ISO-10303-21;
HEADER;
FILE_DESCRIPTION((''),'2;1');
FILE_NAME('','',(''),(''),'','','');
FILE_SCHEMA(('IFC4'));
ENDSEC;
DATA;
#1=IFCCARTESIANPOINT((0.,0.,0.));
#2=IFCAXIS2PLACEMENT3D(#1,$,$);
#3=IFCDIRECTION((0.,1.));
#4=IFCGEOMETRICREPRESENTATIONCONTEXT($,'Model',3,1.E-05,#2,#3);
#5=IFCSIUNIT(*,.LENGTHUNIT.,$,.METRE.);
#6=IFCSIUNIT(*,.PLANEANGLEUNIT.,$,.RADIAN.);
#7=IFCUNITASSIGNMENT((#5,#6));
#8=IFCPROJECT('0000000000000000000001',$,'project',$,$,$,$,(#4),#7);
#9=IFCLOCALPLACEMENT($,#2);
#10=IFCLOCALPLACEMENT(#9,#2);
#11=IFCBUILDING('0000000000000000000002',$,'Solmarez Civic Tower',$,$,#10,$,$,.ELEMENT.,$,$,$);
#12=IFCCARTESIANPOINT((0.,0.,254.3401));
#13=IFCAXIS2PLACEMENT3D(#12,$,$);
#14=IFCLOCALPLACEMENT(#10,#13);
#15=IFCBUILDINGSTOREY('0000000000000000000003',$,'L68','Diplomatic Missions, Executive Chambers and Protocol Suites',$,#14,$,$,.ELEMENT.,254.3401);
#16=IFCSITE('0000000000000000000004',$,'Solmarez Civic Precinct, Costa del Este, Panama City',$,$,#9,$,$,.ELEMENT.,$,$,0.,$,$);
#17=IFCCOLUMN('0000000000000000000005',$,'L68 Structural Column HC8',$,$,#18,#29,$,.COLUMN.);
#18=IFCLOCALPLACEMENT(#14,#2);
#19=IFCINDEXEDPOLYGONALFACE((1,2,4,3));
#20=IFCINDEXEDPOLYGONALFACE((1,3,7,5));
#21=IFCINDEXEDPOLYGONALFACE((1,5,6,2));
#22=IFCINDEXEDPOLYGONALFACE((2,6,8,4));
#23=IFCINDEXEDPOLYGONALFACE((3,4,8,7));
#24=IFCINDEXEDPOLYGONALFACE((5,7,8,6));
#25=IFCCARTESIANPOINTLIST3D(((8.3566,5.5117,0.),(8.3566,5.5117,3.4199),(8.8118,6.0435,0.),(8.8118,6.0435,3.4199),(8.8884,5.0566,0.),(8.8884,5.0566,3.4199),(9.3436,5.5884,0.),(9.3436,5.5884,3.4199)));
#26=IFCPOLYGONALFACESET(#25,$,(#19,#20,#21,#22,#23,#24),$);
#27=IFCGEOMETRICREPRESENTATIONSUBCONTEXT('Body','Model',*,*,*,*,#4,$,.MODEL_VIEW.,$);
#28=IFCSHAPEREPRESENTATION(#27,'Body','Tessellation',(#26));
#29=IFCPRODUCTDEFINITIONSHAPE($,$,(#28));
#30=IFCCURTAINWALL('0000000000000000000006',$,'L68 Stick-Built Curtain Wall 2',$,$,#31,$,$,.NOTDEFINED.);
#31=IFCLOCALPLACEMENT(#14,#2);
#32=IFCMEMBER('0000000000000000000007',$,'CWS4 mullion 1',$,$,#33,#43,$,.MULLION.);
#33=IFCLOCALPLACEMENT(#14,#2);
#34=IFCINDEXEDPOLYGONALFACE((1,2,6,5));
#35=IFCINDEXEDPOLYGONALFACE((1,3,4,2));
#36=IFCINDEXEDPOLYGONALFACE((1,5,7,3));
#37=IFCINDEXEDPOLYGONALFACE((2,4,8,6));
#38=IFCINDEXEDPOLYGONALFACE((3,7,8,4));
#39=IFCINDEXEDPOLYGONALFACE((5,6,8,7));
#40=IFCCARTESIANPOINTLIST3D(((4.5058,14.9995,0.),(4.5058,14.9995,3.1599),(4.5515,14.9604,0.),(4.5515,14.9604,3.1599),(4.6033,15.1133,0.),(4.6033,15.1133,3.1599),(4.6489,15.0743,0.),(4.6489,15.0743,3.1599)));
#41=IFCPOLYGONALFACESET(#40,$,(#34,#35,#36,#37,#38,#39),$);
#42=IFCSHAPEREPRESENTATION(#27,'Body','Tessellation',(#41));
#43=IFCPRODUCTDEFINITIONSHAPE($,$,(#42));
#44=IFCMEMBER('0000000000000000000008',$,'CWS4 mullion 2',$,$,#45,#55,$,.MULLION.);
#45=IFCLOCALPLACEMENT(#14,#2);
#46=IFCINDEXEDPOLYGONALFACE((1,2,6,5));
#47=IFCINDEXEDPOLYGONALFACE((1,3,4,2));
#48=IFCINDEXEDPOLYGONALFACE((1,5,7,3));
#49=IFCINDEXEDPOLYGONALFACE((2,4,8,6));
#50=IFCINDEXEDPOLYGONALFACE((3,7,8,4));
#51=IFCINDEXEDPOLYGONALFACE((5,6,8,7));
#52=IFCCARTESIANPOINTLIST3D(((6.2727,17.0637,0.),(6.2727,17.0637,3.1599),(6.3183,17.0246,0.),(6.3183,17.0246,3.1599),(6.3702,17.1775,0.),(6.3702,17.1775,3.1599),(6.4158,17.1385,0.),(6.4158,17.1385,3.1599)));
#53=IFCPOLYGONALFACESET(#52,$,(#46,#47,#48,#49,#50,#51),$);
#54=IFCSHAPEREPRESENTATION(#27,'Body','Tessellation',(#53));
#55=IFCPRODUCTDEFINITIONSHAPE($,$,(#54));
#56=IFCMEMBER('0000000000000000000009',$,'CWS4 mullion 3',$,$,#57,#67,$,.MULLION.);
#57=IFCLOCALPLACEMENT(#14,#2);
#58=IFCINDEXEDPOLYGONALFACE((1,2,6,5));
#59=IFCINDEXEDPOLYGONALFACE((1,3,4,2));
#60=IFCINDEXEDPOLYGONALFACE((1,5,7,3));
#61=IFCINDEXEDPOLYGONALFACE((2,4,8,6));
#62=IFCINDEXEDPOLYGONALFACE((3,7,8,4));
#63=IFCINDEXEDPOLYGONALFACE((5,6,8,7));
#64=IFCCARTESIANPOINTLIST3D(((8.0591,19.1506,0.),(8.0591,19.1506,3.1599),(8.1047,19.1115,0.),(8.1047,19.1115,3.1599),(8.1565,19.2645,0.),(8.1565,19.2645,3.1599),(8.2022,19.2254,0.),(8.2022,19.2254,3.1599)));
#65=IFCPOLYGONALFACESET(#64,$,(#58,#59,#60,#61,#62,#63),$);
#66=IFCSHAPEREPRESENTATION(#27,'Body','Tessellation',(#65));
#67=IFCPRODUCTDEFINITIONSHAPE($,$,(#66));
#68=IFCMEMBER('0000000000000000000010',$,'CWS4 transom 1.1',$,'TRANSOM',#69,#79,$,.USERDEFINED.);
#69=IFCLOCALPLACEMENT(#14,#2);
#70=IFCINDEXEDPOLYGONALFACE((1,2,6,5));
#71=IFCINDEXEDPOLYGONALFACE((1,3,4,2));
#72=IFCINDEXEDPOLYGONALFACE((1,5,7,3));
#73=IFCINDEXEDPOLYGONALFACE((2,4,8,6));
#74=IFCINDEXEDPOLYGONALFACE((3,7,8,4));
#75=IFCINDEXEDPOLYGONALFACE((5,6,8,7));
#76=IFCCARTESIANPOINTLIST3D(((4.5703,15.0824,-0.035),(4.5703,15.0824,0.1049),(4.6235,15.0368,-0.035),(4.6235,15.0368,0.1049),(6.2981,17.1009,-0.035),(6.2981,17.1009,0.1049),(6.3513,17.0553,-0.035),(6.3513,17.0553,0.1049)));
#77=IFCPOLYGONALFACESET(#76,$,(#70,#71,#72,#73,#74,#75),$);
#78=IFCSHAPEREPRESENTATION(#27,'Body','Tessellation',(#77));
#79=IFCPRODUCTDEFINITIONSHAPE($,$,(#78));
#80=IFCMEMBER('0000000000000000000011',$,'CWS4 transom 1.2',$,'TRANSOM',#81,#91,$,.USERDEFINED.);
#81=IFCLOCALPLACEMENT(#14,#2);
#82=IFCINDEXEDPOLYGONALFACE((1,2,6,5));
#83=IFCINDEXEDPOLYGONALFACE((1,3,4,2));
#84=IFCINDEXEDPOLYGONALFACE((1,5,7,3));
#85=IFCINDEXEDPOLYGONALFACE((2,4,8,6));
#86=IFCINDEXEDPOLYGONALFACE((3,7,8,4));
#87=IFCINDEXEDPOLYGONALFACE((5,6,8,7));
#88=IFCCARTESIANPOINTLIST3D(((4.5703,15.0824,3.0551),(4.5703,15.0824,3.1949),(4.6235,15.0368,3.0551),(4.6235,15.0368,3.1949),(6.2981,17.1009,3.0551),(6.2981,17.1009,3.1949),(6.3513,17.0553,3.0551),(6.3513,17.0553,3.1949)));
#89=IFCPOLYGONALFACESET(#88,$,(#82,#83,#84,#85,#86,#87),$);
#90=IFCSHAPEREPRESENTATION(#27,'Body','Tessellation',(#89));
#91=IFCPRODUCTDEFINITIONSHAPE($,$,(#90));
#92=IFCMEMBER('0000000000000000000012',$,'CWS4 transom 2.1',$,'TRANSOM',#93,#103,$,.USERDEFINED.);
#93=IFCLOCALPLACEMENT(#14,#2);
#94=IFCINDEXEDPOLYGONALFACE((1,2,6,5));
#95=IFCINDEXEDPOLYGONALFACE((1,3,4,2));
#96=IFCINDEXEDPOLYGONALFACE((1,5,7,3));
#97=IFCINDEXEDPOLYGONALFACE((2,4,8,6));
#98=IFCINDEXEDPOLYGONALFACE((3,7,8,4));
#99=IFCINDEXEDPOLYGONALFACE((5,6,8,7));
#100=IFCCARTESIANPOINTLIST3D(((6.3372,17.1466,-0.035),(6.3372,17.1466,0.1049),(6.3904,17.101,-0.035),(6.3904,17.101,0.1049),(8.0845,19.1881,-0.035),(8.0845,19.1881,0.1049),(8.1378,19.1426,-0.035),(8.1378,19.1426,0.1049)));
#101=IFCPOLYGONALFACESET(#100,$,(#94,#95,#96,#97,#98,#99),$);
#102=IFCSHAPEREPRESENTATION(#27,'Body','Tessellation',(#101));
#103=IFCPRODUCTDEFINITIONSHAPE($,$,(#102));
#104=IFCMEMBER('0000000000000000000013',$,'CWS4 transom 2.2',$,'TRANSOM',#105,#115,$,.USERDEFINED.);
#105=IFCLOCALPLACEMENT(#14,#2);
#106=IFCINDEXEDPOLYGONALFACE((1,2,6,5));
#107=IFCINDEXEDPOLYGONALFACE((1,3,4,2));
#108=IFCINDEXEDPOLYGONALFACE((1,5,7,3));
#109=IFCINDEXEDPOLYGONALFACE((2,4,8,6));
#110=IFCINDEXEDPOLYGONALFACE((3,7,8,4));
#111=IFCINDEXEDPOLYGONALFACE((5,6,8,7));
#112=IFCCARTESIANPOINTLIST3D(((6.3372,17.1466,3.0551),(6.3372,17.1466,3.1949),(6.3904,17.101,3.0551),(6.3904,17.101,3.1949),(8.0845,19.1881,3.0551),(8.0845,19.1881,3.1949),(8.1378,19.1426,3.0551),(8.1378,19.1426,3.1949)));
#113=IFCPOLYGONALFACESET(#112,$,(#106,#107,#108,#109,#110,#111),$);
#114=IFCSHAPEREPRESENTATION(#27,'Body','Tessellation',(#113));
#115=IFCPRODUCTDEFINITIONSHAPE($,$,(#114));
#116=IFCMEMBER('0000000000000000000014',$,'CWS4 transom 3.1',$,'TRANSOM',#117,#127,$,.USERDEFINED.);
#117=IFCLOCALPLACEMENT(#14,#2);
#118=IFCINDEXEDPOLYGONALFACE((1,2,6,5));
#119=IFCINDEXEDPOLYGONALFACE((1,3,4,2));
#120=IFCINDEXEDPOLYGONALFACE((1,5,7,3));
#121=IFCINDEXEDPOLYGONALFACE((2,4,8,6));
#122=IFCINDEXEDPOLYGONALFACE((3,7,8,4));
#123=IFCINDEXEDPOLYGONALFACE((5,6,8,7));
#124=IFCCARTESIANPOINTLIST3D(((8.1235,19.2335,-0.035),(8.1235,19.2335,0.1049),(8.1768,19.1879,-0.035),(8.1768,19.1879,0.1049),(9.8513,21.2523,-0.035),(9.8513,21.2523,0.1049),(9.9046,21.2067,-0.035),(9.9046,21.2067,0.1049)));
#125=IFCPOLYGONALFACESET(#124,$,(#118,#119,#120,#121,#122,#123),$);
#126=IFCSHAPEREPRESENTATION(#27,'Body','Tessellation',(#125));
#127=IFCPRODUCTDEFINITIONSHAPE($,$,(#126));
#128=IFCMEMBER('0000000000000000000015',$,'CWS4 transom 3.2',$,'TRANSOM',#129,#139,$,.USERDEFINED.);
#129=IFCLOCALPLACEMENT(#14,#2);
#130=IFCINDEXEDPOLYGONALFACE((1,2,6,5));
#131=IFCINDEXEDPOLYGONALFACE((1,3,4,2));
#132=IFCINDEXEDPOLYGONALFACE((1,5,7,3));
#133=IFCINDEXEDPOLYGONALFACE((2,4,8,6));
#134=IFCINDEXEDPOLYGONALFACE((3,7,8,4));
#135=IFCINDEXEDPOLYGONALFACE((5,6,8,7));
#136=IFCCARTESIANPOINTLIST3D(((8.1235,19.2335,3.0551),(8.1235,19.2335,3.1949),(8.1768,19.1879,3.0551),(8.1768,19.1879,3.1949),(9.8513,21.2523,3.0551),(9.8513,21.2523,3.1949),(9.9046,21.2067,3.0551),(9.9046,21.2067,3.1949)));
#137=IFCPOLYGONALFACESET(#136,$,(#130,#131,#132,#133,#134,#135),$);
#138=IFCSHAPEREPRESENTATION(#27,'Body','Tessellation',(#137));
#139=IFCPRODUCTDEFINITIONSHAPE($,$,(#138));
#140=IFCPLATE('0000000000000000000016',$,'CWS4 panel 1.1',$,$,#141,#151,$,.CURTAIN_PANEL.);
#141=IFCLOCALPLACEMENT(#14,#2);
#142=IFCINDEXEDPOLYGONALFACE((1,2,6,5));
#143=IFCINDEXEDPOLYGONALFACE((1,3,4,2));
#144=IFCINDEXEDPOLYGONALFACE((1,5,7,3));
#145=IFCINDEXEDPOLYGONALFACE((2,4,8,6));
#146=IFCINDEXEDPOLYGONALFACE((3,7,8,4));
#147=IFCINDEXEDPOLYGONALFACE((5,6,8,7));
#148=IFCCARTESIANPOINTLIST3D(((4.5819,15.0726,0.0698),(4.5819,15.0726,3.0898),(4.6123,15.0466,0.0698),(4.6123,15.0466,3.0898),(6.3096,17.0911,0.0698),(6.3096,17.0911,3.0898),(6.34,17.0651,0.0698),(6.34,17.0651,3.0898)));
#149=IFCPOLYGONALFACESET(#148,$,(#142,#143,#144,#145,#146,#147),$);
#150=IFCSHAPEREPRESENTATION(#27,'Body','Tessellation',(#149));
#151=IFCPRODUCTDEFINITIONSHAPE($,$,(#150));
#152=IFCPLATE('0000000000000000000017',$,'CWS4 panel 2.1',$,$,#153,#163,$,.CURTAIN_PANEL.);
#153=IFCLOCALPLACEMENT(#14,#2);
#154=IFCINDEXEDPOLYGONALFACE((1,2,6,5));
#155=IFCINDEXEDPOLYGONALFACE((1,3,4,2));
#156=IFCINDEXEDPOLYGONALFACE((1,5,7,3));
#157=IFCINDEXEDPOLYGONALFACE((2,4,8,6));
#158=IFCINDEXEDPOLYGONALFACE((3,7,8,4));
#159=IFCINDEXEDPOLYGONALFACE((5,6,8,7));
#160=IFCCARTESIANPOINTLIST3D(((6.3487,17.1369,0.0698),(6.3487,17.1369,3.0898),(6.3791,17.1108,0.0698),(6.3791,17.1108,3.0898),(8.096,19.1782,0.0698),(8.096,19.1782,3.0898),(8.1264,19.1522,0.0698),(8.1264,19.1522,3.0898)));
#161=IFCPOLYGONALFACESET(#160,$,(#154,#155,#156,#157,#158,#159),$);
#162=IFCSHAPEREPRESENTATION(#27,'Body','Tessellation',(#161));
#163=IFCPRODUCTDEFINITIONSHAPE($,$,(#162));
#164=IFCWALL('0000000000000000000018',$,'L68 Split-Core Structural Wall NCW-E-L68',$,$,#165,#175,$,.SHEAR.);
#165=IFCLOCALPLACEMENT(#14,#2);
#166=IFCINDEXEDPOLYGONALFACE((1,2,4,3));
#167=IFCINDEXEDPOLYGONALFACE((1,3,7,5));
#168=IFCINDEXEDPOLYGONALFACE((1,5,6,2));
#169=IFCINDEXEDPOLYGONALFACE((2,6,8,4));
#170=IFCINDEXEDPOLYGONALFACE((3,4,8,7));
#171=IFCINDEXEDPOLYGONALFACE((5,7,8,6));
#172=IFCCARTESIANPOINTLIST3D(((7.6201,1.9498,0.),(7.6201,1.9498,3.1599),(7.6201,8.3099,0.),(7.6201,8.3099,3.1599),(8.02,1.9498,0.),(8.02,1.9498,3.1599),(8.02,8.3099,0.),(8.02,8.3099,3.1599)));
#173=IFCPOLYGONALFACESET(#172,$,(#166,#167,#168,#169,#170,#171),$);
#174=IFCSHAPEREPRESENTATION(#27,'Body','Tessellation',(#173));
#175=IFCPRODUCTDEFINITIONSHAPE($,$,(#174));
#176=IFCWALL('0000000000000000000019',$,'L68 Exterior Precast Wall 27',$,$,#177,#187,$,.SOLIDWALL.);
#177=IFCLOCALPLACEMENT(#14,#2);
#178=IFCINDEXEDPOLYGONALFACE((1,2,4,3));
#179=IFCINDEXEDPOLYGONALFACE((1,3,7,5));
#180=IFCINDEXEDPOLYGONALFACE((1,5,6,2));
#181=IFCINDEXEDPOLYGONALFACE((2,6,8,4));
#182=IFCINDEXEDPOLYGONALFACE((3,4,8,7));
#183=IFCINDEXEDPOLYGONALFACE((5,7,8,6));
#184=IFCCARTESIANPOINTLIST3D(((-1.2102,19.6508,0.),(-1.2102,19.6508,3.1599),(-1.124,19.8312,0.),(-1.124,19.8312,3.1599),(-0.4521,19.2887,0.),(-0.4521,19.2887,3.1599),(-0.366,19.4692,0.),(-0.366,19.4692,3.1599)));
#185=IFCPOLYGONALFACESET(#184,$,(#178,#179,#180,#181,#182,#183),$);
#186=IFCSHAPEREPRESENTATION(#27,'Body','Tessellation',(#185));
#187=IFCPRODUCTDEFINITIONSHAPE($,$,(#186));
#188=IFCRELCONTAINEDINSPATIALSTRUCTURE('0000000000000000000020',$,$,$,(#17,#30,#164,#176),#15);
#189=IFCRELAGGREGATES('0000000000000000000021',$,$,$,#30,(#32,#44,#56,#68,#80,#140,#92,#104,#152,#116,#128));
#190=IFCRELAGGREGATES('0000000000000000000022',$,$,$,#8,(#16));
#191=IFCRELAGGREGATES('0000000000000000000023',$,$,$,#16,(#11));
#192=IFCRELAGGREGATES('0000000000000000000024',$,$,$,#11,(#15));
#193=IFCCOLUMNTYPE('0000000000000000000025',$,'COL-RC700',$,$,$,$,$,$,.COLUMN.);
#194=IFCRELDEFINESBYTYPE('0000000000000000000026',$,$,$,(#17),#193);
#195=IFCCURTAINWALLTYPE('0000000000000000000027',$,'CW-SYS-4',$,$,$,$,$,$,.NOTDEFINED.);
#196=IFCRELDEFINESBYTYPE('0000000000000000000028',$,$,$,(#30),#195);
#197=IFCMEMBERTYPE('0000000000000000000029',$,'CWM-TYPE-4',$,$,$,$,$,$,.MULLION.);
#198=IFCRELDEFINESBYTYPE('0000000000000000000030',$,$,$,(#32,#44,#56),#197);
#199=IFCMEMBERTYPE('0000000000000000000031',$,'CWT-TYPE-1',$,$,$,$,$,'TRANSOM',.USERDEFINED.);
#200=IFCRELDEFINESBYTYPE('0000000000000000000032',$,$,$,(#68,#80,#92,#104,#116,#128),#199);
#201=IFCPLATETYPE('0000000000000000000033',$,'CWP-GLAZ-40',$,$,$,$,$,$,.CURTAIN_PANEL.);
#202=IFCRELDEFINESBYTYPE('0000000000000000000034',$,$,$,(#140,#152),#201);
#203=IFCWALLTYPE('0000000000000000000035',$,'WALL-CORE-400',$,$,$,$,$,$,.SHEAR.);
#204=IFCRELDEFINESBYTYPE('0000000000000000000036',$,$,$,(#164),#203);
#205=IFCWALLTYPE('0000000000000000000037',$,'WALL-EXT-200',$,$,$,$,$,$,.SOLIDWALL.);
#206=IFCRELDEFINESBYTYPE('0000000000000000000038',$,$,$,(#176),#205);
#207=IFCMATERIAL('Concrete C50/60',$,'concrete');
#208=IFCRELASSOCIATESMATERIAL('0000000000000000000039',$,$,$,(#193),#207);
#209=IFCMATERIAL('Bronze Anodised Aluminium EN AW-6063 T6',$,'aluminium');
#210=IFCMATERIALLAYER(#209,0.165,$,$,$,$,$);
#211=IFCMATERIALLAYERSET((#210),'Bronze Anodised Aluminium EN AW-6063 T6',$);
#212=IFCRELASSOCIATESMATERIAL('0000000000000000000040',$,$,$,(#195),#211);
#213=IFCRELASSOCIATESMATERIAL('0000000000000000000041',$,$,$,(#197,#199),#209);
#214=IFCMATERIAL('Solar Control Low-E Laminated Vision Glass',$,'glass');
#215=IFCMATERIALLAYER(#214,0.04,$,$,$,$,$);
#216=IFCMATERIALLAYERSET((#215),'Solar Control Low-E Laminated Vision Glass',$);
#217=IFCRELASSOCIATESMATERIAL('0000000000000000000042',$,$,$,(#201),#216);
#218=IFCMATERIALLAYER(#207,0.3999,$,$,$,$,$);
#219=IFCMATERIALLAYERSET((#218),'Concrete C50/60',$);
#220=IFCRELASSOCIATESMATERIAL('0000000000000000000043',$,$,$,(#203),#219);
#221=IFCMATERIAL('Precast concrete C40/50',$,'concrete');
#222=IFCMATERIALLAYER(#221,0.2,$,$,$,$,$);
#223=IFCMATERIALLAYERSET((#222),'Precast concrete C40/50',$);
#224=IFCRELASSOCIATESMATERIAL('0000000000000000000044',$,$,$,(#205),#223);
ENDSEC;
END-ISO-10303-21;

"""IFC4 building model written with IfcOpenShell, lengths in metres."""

from ifc_helpers import new_model, si_unit, direction, frame, frame_2d, origin, origin_2d, place, context, subcontext, project, spatial, rectangle, extrude, material, layer, layer_set, material_profile, profile_set, type_object, element, aggregate, save


model = new_model("IFC4")

# Units and contexts
model_context = context("Model", 3, precision=1e-05, world=origin(), true_north=direction((0.0, 1.0)))
body_context = subcontext(model_context, "Body", "Model", "MODEL_VIEW")
ifc_project = project(units=[si_unit("LENGTHUNIT", "METRE"), si_unit("PLANEANGLEUNIT", "RADIAN")], contexts=[model_context])

# Site, building, storey
site_placement = place(None, origin())
site = spatial("IfcSite", under=ifc_project, at=site_placement, Name="Solmarez Civic Precinct, Costa del Este, Panama City", CompositionType="ELEMENT", RefElevation=0.0)
building_placement = place(site_placement, origin())
building = spatial("IfcBuilding", under=site, at=building_placement, Name="Solmarez Civic Tower", CompositionType="ELEMENT")
storey_placement = place(building_placement, frame((0.0, 0.0, 254.3401)))
storey = spatial("IfcBuildingStorey", under=building, at=storey_placement, Name="L68", Description="Diplomatic Missions, Executive Chambers and Protocol Suites", CompositionType="ELEMENT", Elevation=254.3401)

# Column
ifc_material_1 = material(Name="Concrete C50/60", Category="concrete")
ifc_material_profile_1 = material_profile(ifc_material_1, rectangle(XDim=0.7, YDim=0.7, at=origin_2d()), Name="RC700X700")
ifc_profile_set_1 = profile_set([ifc_material_profile_1], Name="Concrete C50/60")
column_type = type_object("IfcColumnType", Name="COL-RC700", PredefinedType="COLUMN", material=ifc_profile_set_1)
column_placement = place(storey_placement, frame((8.8501, 5.55, 0.0), z_axis=(0.0, 0.0, 1.0), x_axis=(0.650244, 0.759725, 0.0)))
element("IfcColumn", 1, at=column_placement, inside=storey, type_object=column_type, Name="L68 Structural Column HC8", PredefinedType="COLUMN", context=body_context, shape_type="SweptSolid", body=[
    extrude(rectangle(XDim=0.7, YDim=0.7, at=origin_2d()), origin(), (0.0, 0.0, 1.0), 3.4199),
])

# Curtain wall, members, plates
ifc_material_2 = material(Name="Bronze Anodised Aluminium EN AW-6063 T6", Category="aluminium")
ifc_layer_1 = layer(ifc_material_2, 0.165)
ifc_layer_set_1 = layer_set([ifc_layer_1], Name="Bronze Anodised Aluminium EN AW-6063 T6")
curtain_wall_type = type_object("IfcCurtainWallType", Name="CW-SYS-4", PredefinedType="NOTDEFINED", material=ifc_layer_set_1)
curtain_wall_placement = place(storey_placement, origin())
curtain_wall = element("IfcCurtainWall", 2, at=curtain_wall_placement, inside=storey, type_object=curtain_wall_type, Name="L68 Stick-Built Curtain Wall 2", PredefinedType="NOTDEFINED")
ifc_material_profile_2 = material_profile(ifc_material_2, rectangle(XDim=0.0601, YDim=0.1499, at=origin_2d()), Name="CWM-60X150")
ifc_profile_set_2 = profile_set([ifc_material_profile_2], Name="Bronze Anodised Aluminium EN AW-6063 T6")
member_type_1 = type_object("IfcMemberType", Name="CWM-TYPE-4", PredefinedType="MULLION", material=ifc_profile_set_2)
member_1_placement = place(storey_placement, frame((4.5774, 15.0369, 0.0), z_axis=(0.0, 0.0, 1.0), x_axis=(-0.75971, 0.650262, 0.0)))
member_1 = element("IfcMember", 3, at=member_1_placement, type_object=member_type_1, Name="CWS4 mullion 1", PredefinedType="MULLION", context=body_context, shape_type="SweptSolid", body=[
    extrude(rectangle(XDim=0.0601, YDim=0.1499, at=origin_2d()), origin(), (0.0, 0.0, 1.0), 3.1599),
])
member_2_placement = place(storey_placement, frame((6.3442, 17.1011, 0.0), z_axis=(0.0, 0.0, 1.0), x_axis=(-0.75971, 0.650262, 0.0)))
member_2 = element("IfcMember", 4, at=member_2_placement, type_object=member_type_1, Name="CWS4 mullion 2", PredefinedType="MULLION", context=body_context, shape_type="SweptSolid", body=[
    extrude(rectangle(XDim=0.0601, YDim=0.1499, at=origin_2d()), origin(), (0.0, 0.0, 1.0), 3.1599),
])
member_3_placement = place(storey_placement, frame((8.1306, 19.188, 0.0), z_axis=(0.0, 0.0, 1.0), x_axis=(-0.75971, 0.650262, 0.0)))
member_3 = element("IfcMember", 5, at=member_3_placement, type_object=member_type_1, Name="CWS4 mullion 3", PredefinedType="MULLION", context=body_context, shape_type="SweptSolid", body=[
    extrude(rectangle(XDim=0.0601, YDim=0.1499, at=origin_2d()), origin(), (0.0, 0.0, 1.0), 3.1599),
])
ifc_material_profile_3 = material_profile(ifc_material_2, rectangle(XDim=0.0701, YDim=0.1399, at=origin_2d()), Name="CWT-70X140")
ifc_profile_set_3 = profile_set([ifc_material_profile_3], Name="Bronze Anodised Aluminium EN AW-6063 T6")
member_type_2 = type_object("IfcMemberType", Name="CWT-TYPE-1", ElementType="TRANSOM", PredefinedType="USERDEFINED", material=ifc_profile_set_3)
member_4_placement = place(storey_placement, frame((4.5969, 15.0596, 0.0349), z_axis=(0.650269, 0.759704, 0.0), x_axis=(-0.759704, 0.650269, 0.0)))
member_4 = element("IfcMember", 6, at=member_4_placement, type_object=member_type_2, Name="CWS4 transom 1.1", ObjectType="TRANSOM", PredefinedType="USERDEFINED", context=body_context, shape_type="SweptSolid", body=[
    extrude(rectangle(XDim=0.0701, YDim=0.1399, at=origin_2d()), origin(), (0.0, 0.0, 1.0), 2.657),
])
member_5_placement = place(storey_placement, frame((4.5969, 15.0596, 3.125), z_axis=(0.650269, 0.759704, 0.0), x_axis=(-0.759704, 0.650269, 0.0)))
member_5 = element("IfcMember", 7, at=member_5_placement, type_object=member_type_2, Name="CWS4 transom 1.2", ObjectType="TRANSOM", PredefinedType="USERDEFINED", context=body_context, shape_type="SweptSolid", body=[
    extrude(rectangle(XDim=0.0701, YDim=0.1399, at=origin_2d()), origin(), (0.0, 0.0, 1.0), 2.657),
])
member_6_placement = place(storey_placement, frame((6.3638, 17.1238, 0.0349), z_axis=(0.650245, 0.759725, 0.0), x_axis=(-0.759725, 0.650245, 0.0)))
member_6 = element("IfcMember", 8, at=member_6_placement, type_object=member_type_2, Name="CWS4 transom 2.1", ObjectType="TRANSOM", PredefinedType="USERDEFINED", context=body_context, shape_type="SweptSolid", body=[
    extrude(rectangle(XDim=0.0701, YDim=0.1399, at=origin_2d()), origin(), (0.0, 0.0, 1.0), 2.6873),
])
member_7_placement = place(storey_placement, frame((6.3638, 17.1238, 3.125), z_axis=(0.650245, 0.759725, 0.0), x_axis=(-0.759725, 0.650245, 0.0)))
member_7 = element("IfcMember", 9, at=member_7_placement, type_object=member_type_2, Name="CWS4 transom 2.2", ObjectType="TRANSOM", PredefinedType="USERDEFINED", context=body_context, shape_type="SweptSolid", body=[
    extrude(rectangle(XDim=0.0701, YDim=0.1399, at=origin_2d()), origin(), (0.0, 0.0, 1.0), 2.6873),
])
member_8_placement = place(storey_placement, frame((8.1501, 19.2107, 0.0349), z_axis=(0.650224, 0.759743, 0.0), x_axis=(-0.759743, 0.650224, 0.0)))
member_8 = element("IfcMember", 10, at=member_8_placement, type_object=member_type_2, Name="CWS4 transom 3.1", ObjectType="TRANSOM", PredefinedType="USERDEFINED", context=body_context, shape_type="SweptSolid", body=[
    extrude(rectangle(XDim=0.0701, YDim=0.1399, at=origin_2d()), origin(), (0.0, 0.0, 1.0), 2.6572),
])
member_9_placement = place(storey_placement, frame((8.1501, 19.2107, 3.125), z_axis=(0.650224, 0.759743, 0.0), x_axis=(-0.759743, 0.650224, 0.0)))
member_9 = element("IfcMember", 11, at=member_9_placement, type_object=member_type_2, Name="CWS4 transom 3.2", ObjectType="TRANSOM", PredefinedType="USERDEFINED", context=body_context, shape_type="SweptSolid", body=[
    extrude(rectangle(XDim=0.0701, YDim=0.1399, at=origin_2d()), origin(), (0.0, 0.0, 1.0), 2.6572),
])
ifc_material_3 = material(Name="Solar Control Low-E Laminated Vision Glass", Category="glass")
ifc_layer_2 = layer(ifc_material_3, 0.04)
ifc_layer_set_2 = layer_set([ifc_layer_2], Name="Solar Control Low-E Laminated Vision Glass")
plate_type = type_object("IfcPlateType", Name="CWP-GLAZ-40", PredefinedType="CURTAIN_PANEL", material=ifc_layer_set_2)
plate_1_placement = place(storey_placement, frame((5.4609, 16.0688, 0.0698), z_axis=(0.0, 0.0, 1.0), x_axis=(0.650262, 0.75971, 0.0)))
plate_1 = element("IfcPlate", 12, at=plate_1_placement, type_object=plate_type, Name="CWS4 panel 1.1", PredefinedType="CURTAIN_PANEL", context=body_context, shape_type="SweptSolid", body=[
    extrude(rectangle(XDim=2.657, YDim=0.04, at=origin_2d()), origin(), (0.0, 0.0, 1.0), 3.02),
])
plate_2_placement = place(storey_placement, frame((7.2375, 18.1445, 0.0698), z_axis=(0.0, 0.0, 1.0), x_axis=(0.650262, 0.75971, 0.0)))
plate_2 = element("IfcPlate", 13, at=plate_2_placement, type_object=plate_type, Name="CWS4 panel 2.1", PredefinedType="CURTAIN_PANEL", context=body_context, shape_type="SweptSolid", body=[
    extrude(rectangle(XDim=2.687, YDim=0.04, at=origin_2d()), origin(), (0.0, 0.0, 1.0), 3.02),
])
aggregate(curtain_wall, [member_1, member_2, member_3, member_4, member_5, plate_1, member_6, member_7, plate_2, member_8, member_9])

# Walls
ifc_layer_3 = layer(ifc_material_1, 0.3999)
ifc_layer_set_3 = layer_set([ifc_layer_3], Name="Concrete C50/60")
wall_type_1 = type_object("IfcWallType", Name="WALL-CORE-400", PredefinedType="SHEAR", material=ifc_layer_set_3)
wall_1_placement = place(storey_placement, frame((7.8201, 8.3101, 0.0), z_axis=(0.0, 0.0, 1.0), x_axis=(0.0, -1.0, 0.0)))
element("IfcWall", 14, at=wall_1_placement, inside=storey, type_object=wall_type_1, Name="L68 Split-Core Structural Wall NCW-E-L68", PredefinedType="SHEAR", context=body_context, shape_type="SweptSolid", body=[
    extrude(rectangle(XDim=6.3601, YDim=0.3999, at=frame_2d((3.1802, 0.0))), origin(), (0.0, 0.0, 1.0), 3.1599),
])
ifc_material_4 = material(Name="Precast concrete C40/50", Category="concrete")
ifc_layer_4 = layer(ifc_material_4, 0.2)
ifc_layer_set_4 = layer_set([ifc_layer_4], Name="Precast concrete C40/50")
wall_type_2 = type_object("IfcWallType", Name="WALL-EXT-200", PredefinedType="SOLIDWALL", material=ifc_layer_set_4)
wall_2_placement = place(storey_placement, frame((-1.167, 19.741, 0.0), z_axis=(0.0, 0.0, 1.0), x_axis=(0.90236, -0.430982, 0.0)))
element("IfcWall", 15, at=wall_2_placement, inside=storey, type_object=wall_type_2, Name="L68 Exterior Precast Wall 27", PredefinedType="SOLIDWALL", context=body_context, shape_type="SweptSolid", body=[
    extrude(rectangle(XDim=0.8401, YDim=0.2, at=frame_2d((0.4199, 0.0))), origin(), (0.0, 0.0, 1.0), 3.1599),
])

save(model, "model.ifc")
